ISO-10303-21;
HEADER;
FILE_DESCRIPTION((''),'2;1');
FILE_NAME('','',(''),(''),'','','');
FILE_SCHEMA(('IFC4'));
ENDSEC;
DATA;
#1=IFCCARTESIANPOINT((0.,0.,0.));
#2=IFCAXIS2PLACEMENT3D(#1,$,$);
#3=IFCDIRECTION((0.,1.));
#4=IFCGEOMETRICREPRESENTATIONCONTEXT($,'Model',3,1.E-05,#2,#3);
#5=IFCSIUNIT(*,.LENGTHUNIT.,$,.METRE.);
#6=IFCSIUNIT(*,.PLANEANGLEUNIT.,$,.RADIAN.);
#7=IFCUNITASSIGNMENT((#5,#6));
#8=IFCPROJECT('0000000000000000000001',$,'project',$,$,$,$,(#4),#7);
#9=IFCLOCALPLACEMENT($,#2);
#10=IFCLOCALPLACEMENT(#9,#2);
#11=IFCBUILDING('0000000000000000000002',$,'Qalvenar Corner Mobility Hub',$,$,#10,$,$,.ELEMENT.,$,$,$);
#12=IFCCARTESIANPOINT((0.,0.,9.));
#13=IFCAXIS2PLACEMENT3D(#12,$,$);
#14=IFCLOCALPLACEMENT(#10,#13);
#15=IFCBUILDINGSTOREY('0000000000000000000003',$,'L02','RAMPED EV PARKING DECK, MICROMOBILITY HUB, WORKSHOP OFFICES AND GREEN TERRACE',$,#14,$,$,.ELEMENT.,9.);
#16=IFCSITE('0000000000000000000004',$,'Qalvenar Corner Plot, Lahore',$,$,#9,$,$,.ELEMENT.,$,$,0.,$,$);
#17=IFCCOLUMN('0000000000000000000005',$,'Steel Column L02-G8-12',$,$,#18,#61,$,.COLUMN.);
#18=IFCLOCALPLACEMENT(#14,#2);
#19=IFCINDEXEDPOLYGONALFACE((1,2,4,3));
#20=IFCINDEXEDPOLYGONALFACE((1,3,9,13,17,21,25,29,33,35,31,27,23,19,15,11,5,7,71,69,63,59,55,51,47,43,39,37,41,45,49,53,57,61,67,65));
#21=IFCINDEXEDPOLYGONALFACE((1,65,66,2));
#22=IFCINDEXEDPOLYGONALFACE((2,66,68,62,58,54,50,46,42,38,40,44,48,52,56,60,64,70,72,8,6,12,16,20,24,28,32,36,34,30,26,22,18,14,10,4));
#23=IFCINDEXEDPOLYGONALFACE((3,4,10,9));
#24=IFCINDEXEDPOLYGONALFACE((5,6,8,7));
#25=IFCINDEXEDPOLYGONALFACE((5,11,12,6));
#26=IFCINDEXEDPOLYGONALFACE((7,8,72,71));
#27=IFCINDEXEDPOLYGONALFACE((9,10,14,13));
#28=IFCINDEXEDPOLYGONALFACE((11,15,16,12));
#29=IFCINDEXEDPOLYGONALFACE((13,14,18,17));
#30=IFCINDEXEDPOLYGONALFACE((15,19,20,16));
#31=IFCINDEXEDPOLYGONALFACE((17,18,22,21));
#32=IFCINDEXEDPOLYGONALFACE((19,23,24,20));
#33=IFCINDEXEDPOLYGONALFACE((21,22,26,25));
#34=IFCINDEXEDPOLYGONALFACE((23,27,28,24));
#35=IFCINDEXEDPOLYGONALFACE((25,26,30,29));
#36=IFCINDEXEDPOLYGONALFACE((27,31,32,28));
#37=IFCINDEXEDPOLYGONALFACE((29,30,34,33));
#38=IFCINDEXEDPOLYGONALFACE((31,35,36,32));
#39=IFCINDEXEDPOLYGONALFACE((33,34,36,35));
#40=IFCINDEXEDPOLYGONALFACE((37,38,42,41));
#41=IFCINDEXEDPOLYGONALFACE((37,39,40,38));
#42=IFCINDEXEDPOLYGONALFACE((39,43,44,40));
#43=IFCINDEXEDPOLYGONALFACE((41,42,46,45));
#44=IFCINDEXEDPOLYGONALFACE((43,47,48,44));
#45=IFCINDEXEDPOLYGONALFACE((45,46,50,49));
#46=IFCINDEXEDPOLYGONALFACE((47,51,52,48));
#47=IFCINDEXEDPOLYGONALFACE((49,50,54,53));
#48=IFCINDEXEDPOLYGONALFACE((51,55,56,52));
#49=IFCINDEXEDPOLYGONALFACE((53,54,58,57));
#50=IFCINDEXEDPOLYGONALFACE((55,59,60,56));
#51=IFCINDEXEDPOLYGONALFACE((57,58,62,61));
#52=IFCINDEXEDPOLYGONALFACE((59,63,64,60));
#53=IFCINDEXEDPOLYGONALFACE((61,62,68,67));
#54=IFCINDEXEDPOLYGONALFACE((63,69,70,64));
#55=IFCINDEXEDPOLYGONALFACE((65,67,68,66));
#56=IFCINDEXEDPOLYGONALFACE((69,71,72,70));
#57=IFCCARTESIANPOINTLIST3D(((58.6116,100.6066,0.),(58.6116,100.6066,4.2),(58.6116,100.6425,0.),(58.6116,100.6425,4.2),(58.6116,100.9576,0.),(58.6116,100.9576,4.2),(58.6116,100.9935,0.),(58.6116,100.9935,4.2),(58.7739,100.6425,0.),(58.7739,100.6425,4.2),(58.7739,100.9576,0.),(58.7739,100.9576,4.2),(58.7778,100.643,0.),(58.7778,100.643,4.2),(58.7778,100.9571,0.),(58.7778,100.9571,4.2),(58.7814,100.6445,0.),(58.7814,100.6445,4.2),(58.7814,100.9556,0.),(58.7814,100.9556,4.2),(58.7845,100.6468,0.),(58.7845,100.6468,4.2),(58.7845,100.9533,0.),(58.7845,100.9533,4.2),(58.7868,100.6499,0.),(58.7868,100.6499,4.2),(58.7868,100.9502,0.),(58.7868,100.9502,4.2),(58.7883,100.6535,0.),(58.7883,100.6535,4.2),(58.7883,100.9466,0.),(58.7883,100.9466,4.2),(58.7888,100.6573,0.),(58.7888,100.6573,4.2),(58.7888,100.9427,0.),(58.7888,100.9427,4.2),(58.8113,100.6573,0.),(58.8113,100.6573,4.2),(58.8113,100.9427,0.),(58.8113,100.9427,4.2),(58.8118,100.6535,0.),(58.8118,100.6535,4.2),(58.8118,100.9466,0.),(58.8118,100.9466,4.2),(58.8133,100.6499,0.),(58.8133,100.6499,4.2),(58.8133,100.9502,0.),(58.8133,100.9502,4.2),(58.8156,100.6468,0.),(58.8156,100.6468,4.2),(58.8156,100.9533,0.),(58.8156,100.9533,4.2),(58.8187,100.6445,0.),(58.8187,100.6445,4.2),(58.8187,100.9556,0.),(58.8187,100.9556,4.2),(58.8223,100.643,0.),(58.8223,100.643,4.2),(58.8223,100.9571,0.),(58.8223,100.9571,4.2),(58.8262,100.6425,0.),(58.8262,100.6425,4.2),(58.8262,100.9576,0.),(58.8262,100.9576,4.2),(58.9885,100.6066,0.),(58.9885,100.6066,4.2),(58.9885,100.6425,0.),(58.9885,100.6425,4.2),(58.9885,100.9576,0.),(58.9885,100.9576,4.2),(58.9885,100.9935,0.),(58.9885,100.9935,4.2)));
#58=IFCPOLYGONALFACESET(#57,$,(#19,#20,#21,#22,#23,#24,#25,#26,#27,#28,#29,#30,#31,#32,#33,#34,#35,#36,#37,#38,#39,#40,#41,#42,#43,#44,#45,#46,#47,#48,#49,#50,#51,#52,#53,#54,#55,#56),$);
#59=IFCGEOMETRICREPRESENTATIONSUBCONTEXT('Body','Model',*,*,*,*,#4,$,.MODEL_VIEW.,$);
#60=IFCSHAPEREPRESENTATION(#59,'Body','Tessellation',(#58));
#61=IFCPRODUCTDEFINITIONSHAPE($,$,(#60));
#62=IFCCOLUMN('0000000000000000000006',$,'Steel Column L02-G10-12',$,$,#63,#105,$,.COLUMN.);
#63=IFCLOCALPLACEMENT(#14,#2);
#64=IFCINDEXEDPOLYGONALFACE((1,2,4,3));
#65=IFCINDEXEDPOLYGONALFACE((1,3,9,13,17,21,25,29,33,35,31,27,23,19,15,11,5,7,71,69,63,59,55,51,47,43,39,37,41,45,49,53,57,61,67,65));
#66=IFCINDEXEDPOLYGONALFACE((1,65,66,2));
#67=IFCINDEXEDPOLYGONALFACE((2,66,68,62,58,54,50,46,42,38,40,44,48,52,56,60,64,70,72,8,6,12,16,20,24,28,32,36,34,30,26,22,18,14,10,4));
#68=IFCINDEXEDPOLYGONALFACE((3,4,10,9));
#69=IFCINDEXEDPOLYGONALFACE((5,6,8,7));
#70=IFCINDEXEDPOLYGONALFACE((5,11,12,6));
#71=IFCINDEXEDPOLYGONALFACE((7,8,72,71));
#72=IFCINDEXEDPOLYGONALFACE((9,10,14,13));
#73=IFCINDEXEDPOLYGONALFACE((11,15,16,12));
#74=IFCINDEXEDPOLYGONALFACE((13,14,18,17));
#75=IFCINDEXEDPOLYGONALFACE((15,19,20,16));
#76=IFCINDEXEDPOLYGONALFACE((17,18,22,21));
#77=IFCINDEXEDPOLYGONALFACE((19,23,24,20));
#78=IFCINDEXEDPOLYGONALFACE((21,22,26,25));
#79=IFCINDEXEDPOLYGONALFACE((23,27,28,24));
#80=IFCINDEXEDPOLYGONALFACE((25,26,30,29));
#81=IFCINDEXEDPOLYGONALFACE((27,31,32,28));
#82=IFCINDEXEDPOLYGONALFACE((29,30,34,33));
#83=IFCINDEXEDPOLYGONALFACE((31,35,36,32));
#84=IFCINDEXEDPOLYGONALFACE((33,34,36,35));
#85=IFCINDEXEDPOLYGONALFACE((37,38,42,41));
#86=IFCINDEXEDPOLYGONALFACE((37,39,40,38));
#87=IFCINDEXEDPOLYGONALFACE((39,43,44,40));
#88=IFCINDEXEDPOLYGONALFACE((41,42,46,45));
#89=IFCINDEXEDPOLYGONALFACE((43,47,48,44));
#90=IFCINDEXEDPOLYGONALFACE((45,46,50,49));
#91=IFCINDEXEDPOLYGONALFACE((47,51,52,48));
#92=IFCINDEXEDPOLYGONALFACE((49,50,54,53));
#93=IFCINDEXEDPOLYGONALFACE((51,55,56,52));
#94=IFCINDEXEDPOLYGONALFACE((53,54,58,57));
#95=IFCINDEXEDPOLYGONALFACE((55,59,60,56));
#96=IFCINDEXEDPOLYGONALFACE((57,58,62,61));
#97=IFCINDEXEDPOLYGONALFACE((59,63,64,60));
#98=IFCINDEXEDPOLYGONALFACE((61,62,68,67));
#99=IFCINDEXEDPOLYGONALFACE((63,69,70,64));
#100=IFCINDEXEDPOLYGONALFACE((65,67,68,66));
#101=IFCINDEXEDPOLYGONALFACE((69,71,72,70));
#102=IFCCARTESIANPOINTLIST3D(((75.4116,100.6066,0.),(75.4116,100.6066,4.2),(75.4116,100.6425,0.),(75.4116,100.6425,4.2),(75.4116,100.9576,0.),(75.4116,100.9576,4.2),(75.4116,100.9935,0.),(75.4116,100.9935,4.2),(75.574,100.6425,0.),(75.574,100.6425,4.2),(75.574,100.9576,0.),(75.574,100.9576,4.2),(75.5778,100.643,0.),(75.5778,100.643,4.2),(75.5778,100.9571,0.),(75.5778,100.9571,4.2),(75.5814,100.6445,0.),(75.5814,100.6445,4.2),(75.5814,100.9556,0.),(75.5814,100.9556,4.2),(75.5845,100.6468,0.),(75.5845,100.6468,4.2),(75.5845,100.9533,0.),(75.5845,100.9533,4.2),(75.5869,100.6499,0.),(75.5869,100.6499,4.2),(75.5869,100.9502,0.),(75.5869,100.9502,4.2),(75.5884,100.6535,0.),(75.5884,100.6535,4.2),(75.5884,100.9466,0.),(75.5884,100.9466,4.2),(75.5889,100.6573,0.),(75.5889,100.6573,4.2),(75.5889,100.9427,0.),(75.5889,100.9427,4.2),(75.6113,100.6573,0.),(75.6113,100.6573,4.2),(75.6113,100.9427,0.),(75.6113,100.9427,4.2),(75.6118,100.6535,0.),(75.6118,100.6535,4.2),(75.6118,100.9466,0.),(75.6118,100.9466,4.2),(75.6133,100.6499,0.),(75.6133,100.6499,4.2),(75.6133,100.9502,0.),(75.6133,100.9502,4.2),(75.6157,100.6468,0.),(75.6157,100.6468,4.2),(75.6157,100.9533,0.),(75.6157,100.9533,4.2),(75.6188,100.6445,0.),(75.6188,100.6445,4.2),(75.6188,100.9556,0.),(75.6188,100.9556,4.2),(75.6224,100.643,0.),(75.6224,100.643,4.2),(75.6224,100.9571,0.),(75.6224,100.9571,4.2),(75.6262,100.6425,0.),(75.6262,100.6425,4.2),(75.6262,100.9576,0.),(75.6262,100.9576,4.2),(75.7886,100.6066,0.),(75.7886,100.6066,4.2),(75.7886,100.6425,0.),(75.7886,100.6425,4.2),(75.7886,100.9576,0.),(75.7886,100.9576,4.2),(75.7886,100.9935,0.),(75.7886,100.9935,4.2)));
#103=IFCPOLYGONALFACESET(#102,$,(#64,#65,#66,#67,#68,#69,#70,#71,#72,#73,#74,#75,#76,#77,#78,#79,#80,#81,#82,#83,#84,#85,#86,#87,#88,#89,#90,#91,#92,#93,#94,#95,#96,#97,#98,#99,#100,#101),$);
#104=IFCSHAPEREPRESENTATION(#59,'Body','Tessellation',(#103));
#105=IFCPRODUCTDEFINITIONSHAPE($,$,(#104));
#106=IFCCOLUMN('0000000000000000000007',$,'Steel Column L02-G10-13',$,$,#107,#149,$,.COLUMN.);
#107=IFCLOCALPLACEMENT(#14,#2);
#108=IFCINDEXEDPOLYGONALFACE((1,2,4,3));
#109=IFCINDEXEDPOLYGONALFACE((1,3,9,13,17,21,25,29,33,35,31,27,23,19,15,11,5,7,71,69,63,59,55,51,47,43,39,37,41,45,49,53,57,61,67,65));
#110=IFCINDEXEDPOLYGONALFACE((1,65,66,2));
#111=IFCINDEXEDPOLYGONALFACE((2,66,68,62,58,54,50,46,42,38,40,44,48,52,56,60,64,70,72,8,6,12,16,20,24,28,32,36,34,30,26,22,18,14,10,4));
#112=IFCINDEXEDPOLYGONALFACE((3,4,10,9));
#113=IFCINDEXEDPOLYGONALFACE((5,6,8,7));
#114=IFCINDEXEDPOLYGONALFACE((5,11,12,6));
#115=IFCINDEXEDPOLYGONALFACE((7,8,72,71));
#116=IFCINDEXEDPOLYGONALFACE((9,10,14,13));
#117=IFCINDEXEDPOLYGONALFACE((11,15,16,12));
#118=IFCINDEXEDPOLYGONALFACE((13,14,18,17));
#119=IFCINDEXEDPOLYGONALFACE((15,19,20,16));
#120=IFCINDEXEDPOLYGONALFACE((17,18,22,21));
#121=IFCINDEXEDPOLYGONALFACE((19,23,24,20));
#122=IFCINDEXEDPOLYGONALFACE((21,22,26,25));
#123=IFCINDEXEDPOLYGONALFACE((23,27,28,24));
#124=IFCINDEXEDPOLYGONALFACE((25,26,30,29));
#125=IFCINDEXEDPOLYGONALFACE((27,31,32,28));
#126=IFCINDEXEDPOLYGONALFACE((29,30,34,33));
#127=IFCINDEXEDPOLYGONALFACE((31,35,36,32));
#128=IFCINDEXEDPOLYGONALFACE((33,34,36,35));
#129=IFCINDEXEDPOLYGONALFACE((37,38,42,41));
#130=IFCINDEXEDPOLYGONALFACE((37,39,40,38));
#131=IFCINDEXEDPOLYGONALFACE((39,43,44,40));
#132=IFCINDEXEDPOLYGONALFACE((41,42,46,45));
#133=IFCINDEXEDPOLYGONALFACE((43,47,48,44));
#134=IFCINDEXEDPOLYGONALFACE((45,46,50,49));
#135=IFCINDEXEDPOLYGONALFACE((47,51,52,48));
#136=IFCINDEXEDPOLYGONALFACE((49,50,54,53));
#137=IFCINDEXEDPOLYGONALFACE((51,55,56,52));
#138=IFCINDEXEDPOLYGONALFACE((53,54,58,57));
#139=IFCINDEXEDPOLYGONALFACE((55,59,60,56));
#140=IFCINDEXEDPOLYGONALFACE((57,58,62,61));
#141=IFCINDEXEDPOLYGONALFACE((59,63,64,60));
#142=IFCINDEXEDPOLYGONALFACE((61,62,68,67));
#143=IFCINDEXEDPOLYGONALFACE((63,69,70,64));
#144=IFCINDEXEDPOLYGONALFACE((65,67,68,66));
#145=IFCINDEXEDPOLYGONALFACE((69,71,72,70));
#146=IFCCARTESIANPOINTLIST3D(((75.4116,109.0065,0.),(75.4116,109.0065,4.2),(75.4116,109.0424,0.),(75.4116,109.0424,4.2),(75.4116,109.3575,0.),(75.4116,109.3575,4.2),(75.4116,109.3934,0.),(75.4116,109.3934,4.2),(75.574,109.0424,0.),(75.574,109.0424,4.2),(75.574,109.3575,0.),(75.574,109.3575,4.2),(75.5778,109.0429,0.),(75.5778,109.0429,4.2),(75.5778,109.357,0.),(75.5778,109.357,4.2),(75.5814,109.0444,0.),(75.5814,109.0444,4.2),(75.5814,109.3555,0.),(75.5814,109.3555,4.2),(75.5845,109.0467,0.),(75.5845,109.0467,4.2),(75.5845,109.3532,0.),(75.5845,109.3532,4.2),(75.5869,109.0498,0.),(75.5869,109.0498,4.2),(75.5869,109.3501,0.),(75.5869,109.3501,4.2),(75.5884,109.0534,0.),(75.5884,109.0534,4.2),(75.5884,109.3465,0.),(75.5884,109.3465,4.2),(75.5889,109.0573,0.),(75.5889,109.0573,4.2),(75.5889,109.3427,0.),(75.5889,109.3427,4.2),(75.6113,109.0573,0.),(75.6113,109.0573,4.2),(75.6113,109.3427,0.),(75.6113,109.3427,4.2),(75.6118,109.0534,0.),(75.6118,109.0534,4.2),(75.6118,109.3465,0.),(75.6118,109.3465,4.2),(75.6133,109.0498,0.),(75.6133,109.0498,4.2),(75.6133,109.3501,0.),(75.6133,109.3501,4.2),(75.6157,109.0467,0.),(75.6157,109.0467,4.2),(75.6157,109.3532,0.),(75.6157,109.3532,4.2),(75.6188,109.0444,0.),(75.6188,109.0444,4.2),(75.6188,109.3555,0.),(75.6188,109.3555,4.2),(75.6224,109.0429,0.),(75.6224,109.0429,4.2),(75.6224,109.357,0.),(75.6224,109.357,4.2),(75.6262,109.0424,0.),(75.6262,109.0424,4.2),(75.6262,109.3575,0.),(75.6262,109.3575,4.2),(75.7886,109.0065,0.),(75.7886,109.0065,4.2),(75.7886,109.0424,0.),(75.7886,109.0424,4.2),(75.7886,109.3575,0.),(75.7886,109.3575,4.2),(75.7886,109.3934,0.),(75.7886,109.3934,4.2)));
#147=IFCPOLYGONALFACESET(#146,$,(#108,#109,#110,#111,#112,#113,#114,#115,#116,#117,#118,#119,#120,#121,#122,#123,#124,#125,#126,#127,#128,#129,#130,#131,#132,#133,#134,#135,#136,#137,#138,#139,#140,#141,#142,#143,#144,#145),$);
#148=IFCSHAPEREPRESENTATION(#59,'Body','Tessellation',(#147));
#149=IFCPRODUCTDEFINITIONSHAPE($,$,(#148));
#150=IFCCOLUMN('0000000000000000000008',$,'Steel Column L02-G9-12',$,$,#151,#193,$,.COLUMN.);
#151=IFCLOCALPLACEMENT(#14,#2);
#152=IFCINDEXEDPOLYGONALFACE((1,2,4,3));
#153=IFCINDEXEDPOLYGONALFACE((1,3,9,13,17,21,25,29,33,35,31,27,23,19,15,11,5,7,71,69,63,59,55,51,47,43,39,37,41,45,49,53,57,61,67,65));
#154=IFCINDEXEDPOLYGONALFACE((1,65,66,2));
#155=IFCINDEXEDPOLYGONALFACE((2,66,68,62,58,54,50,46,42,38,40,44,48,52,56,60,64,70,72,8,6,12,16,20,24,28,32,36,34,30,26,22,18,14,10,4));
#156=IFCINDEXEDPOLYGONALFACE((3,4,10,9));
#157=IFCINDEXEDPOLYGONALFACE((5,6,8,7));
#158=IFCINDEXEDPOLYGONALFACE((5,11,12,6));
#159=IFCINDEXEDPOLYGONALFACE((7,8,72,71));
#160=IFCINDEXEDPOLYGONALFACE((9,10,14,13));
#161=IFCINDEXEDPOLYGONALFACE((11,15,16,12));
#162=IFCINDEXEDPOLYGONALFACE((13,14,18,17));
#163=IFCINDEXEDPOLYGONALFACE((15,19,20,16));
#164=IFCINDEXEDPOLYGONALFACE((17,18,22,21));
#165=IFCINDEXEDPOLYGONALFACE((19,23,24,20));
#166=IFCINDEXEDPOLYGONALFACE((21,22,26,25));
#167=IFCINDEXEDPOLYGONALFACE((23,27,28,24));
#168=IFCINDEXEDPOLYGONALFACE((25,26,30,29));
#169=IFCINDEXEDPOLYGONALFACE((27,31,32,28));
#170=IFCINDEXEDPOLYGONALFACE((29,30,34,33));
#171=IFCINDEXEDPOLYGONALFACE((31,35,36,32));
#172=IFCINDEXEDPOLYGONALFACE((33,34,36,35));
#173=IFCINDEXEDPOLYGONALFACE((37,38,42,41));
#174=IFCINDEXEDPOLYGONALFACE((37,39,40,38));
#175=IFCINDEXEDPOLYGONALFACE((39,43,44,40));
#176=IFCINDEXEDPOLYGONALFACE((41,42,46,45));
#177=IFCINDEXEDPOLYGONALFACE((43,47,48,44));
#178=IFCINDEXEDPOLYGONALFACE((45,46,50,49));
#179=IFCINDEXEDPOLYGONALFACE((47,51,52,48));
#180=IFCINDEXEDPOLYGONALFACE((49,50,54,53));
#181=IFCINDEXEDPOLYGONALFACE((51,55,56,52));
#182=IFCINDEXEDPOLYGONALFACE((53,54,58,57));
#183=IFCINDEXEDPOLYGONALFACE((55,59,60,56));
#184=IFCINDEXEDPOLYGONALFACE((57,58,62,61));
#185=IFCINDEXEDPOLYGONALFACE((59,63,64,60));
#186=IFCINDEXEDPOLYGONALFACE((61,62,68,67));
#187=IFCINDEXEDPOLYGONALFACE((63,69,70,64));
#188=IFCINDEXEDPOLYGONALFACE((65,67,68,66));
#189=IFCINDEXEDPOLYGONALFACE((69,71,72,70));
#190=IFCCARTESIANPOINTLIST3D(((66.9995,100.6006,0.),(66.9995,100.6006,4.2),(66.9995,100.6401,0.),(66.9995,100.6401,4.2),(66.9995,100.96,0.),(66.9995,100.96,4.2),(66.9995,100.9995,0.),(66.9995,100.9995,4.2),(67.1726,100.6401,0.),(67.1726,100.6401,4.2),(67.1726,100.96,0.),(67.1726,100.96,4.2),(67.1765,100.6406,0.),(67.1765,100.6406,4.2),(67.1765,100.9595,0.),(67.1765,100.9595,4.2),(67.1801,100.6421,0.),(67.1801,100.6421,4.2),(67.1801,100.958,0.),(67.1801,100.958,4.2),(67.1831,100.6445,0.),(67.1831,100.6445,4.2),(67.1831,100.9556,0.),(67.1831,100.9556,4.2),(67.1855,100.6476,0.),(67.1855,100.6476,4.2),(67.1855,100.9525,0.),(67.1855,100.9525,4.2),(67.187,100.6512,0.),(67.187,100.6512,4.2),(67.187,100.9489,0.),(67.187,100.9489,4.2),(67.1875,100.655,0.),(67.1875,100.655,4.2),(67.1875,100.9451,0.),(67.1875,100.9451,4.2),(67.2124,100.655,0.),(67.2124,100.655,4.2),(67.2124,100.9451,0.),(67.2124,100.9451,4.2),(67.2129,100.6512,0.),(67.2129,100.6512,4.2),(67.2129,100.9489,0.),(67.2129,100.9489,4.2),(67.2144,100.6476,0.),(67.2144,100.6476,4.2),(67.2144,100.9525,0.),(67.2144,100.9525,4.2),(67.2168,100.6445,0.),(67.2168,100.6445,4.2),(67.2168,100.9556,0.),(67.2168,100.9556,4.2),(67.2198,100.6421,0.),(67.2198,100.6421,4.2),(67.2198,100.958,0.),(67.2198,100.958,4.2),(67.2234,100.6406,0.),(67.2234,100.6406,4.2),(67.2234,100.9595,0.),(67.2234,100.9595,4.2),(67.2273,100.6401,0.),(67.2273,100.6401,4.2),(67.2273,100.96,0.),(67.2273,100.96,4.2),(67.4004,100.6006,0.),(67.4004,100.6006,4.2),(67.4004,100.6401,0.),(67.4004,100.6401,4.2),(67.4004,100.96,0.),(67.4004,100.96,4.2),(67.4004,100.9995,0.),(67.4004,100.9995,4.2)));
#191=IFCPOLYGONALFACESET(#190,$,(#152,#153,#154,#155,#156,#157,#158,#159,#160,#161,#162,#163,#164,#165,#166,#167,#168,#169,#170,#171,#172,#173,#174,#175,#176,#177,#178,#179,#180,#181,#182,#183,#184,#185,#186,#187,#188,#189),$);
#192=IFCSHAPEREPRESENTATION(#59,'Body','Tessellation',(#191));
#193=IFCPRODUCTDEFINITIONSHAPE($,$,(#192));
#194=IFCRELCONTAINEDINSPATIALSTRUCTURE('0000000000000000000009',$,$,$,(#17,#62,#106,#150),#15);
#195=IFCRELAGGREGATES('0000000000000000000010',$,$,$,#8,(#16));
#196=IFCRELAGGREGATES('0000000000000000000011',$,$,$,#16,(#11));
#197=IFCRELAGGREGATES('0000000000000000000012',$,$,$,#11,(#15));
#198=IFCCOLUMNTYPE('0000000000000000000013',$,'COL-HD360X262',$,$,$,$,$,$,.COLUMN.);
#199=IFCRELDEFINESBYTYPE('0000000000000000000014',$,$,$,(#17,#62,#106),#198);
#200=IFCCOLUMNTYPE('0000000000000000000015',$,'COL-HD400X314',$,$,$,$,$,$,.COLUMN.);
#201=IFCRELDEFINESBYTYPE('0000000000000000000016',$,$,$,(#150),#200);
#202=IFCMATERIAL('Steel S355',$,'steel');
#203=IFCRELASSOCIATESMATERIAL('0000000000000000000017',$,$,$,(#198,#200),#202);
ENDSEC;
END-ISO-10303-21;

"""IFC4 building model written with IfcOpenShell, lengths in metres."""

from ifc_helpers import new_model, si_unit, direction, frame, origin, origin_2d, place, context, subcontext, project, spatial, i_section, extrude, material, material_profile, profile_set, type_object, element, save


model = new_model("IFC4")

# Units and contexts
model_context = context("Model", 3, precision=1e-05, world=origin(), true_north=direction((0.0, 1.0)))
body_context = subcontext(model_context, "Body", "Model", "MODEL_VIEW")
ifc_project = project(units=[si_unit("LENGTHUNIT", "METRE"), si_unit("PLANEANGLEUNIT", "RADIAN")], contexts=[model_context])

# Site, building, storey
site_placement = place(None, origin())
site = spatial("IfcSite", under=ifc_project, at=site_placement, Name="Qalvenar Corner Plot, Lahore", CompositionType="ELEMENT", RefElevation=0.0)
building_placement = place(site_placement, origin())
building = spatial("IfcBuilding", under=site, at=building_placement, Name="Qalvenar Corner Mobility Hub", CompositionType="ELEMENT")
storey_placement = place(building_placement, frame((0.0, 0.0, 9.0)))
storey = spatial("IfcBuildingStorey", under=building, at=storey_placement, Name="L02", Description="RAMPED EV PARKING DECK, MICROMOBILITY HUB, WORKSHOP OFFICES AND GREEN TERRACE", CompositionType="ELEMENT", Elevation=9.0)

# Columns
ifc_material = material(Name="Steel S355", Category="steel")
ifc_material_profile_1 = material_profile(ifc_material, i_section(OverallWidth=0.377, OverallDepth=0.387, WebThickness=0.0225, FlangeThickness=0.0359, FilletRadius=0.0149, at=origin_2d()), Name="HD360x262")
ifc_profile_set_1 = profile_set([ifc_material_profile_1], Name="Steel S355")
column_type_1 = type_object("IfcColumnType", Name="COL-HD360X262", PredefinedType="COLUMN", material=ifc_profile_set_1)
for number, where, z_axis, x_axis, name in (
    (1, (58.8, 100.8, 0.0), (0.0, 0.0, 1.0), (1.0, 0.0, 0.0), "Steel Column L02-G8-12"),
    (2, (75.6001, 100.8, 0.0), (0.0, 0.0, 1.0), (1.0, 0.0, 0.0), "Steel Column L02-G10-12"),
    (3, (75.6001, 109.2, 0.0), (0.0, 0.0, 1.0), (1.0, 0.0, 0.0), "Steel Column L02-G10-13"),
):
    element("IfcColumn", number, at=place(storey_placement, frame(where, z_axis=z_axis, x_axis=x_axis)), inside=storey, type_object=column_type_1, Name=name, PredefinedType="COLUMN", context=body_context, shape_type="SweptSolid", body=[
        extrude(i_section(OverallWidth=0.377, OverallDepth=0.387, WebThickness=0.0225, FlangeThickness=0.0359, FilletRadius=0.0149, at=origin_2d()), origin(), (0.0, 0.0, 1.0), 4.2),
    ])
ifc_material_profile_2 = material_profile(ifc_material, i_section(OverallWidth=0.4009, OverallDepth=0.3989, WebThickness=0.0249, FlangeThickness=0.0396, FilletRadius=0.0149, at=origin_2d()), Name="HD400x314")
ifc_profile_set_2 = profile_set([ifc_material_profile_2], Name="Steel S355")
column_type_2 = type_object("IfcColumnType", Name="COL-HD400X314", PredefinedType="COLUMN", material=ifc_profile_set_2)
for number, where, z_axis, x_axis, name in (
    (4, (67.2, 100.8, 0.0), (0.0, 0.0, 1.0), (1.0, 0.0, 0.0), "Steel Column L02-G9-12"),
):
    element("IfcColumn", number, at=place(storey_placement, frame(where, z_axis=z_axis, x_axis=x_axis)), inside=storey, type_object=column_type_2, Name=name, PredefinedType="COLUMN", context=body_context, shape_type="SweptSolid", body=[
        extrude(i_section(OverallWidth=0.4009, OverallDepth=0.3989, WebThickness=0.0249, FlangeThickness=0.0396, FilletRadius=0.0149, at=origin_2d()), origin(), (0.0, 0.0, 1.0), 4.2),
    ])

save(model, "model.ifc")
